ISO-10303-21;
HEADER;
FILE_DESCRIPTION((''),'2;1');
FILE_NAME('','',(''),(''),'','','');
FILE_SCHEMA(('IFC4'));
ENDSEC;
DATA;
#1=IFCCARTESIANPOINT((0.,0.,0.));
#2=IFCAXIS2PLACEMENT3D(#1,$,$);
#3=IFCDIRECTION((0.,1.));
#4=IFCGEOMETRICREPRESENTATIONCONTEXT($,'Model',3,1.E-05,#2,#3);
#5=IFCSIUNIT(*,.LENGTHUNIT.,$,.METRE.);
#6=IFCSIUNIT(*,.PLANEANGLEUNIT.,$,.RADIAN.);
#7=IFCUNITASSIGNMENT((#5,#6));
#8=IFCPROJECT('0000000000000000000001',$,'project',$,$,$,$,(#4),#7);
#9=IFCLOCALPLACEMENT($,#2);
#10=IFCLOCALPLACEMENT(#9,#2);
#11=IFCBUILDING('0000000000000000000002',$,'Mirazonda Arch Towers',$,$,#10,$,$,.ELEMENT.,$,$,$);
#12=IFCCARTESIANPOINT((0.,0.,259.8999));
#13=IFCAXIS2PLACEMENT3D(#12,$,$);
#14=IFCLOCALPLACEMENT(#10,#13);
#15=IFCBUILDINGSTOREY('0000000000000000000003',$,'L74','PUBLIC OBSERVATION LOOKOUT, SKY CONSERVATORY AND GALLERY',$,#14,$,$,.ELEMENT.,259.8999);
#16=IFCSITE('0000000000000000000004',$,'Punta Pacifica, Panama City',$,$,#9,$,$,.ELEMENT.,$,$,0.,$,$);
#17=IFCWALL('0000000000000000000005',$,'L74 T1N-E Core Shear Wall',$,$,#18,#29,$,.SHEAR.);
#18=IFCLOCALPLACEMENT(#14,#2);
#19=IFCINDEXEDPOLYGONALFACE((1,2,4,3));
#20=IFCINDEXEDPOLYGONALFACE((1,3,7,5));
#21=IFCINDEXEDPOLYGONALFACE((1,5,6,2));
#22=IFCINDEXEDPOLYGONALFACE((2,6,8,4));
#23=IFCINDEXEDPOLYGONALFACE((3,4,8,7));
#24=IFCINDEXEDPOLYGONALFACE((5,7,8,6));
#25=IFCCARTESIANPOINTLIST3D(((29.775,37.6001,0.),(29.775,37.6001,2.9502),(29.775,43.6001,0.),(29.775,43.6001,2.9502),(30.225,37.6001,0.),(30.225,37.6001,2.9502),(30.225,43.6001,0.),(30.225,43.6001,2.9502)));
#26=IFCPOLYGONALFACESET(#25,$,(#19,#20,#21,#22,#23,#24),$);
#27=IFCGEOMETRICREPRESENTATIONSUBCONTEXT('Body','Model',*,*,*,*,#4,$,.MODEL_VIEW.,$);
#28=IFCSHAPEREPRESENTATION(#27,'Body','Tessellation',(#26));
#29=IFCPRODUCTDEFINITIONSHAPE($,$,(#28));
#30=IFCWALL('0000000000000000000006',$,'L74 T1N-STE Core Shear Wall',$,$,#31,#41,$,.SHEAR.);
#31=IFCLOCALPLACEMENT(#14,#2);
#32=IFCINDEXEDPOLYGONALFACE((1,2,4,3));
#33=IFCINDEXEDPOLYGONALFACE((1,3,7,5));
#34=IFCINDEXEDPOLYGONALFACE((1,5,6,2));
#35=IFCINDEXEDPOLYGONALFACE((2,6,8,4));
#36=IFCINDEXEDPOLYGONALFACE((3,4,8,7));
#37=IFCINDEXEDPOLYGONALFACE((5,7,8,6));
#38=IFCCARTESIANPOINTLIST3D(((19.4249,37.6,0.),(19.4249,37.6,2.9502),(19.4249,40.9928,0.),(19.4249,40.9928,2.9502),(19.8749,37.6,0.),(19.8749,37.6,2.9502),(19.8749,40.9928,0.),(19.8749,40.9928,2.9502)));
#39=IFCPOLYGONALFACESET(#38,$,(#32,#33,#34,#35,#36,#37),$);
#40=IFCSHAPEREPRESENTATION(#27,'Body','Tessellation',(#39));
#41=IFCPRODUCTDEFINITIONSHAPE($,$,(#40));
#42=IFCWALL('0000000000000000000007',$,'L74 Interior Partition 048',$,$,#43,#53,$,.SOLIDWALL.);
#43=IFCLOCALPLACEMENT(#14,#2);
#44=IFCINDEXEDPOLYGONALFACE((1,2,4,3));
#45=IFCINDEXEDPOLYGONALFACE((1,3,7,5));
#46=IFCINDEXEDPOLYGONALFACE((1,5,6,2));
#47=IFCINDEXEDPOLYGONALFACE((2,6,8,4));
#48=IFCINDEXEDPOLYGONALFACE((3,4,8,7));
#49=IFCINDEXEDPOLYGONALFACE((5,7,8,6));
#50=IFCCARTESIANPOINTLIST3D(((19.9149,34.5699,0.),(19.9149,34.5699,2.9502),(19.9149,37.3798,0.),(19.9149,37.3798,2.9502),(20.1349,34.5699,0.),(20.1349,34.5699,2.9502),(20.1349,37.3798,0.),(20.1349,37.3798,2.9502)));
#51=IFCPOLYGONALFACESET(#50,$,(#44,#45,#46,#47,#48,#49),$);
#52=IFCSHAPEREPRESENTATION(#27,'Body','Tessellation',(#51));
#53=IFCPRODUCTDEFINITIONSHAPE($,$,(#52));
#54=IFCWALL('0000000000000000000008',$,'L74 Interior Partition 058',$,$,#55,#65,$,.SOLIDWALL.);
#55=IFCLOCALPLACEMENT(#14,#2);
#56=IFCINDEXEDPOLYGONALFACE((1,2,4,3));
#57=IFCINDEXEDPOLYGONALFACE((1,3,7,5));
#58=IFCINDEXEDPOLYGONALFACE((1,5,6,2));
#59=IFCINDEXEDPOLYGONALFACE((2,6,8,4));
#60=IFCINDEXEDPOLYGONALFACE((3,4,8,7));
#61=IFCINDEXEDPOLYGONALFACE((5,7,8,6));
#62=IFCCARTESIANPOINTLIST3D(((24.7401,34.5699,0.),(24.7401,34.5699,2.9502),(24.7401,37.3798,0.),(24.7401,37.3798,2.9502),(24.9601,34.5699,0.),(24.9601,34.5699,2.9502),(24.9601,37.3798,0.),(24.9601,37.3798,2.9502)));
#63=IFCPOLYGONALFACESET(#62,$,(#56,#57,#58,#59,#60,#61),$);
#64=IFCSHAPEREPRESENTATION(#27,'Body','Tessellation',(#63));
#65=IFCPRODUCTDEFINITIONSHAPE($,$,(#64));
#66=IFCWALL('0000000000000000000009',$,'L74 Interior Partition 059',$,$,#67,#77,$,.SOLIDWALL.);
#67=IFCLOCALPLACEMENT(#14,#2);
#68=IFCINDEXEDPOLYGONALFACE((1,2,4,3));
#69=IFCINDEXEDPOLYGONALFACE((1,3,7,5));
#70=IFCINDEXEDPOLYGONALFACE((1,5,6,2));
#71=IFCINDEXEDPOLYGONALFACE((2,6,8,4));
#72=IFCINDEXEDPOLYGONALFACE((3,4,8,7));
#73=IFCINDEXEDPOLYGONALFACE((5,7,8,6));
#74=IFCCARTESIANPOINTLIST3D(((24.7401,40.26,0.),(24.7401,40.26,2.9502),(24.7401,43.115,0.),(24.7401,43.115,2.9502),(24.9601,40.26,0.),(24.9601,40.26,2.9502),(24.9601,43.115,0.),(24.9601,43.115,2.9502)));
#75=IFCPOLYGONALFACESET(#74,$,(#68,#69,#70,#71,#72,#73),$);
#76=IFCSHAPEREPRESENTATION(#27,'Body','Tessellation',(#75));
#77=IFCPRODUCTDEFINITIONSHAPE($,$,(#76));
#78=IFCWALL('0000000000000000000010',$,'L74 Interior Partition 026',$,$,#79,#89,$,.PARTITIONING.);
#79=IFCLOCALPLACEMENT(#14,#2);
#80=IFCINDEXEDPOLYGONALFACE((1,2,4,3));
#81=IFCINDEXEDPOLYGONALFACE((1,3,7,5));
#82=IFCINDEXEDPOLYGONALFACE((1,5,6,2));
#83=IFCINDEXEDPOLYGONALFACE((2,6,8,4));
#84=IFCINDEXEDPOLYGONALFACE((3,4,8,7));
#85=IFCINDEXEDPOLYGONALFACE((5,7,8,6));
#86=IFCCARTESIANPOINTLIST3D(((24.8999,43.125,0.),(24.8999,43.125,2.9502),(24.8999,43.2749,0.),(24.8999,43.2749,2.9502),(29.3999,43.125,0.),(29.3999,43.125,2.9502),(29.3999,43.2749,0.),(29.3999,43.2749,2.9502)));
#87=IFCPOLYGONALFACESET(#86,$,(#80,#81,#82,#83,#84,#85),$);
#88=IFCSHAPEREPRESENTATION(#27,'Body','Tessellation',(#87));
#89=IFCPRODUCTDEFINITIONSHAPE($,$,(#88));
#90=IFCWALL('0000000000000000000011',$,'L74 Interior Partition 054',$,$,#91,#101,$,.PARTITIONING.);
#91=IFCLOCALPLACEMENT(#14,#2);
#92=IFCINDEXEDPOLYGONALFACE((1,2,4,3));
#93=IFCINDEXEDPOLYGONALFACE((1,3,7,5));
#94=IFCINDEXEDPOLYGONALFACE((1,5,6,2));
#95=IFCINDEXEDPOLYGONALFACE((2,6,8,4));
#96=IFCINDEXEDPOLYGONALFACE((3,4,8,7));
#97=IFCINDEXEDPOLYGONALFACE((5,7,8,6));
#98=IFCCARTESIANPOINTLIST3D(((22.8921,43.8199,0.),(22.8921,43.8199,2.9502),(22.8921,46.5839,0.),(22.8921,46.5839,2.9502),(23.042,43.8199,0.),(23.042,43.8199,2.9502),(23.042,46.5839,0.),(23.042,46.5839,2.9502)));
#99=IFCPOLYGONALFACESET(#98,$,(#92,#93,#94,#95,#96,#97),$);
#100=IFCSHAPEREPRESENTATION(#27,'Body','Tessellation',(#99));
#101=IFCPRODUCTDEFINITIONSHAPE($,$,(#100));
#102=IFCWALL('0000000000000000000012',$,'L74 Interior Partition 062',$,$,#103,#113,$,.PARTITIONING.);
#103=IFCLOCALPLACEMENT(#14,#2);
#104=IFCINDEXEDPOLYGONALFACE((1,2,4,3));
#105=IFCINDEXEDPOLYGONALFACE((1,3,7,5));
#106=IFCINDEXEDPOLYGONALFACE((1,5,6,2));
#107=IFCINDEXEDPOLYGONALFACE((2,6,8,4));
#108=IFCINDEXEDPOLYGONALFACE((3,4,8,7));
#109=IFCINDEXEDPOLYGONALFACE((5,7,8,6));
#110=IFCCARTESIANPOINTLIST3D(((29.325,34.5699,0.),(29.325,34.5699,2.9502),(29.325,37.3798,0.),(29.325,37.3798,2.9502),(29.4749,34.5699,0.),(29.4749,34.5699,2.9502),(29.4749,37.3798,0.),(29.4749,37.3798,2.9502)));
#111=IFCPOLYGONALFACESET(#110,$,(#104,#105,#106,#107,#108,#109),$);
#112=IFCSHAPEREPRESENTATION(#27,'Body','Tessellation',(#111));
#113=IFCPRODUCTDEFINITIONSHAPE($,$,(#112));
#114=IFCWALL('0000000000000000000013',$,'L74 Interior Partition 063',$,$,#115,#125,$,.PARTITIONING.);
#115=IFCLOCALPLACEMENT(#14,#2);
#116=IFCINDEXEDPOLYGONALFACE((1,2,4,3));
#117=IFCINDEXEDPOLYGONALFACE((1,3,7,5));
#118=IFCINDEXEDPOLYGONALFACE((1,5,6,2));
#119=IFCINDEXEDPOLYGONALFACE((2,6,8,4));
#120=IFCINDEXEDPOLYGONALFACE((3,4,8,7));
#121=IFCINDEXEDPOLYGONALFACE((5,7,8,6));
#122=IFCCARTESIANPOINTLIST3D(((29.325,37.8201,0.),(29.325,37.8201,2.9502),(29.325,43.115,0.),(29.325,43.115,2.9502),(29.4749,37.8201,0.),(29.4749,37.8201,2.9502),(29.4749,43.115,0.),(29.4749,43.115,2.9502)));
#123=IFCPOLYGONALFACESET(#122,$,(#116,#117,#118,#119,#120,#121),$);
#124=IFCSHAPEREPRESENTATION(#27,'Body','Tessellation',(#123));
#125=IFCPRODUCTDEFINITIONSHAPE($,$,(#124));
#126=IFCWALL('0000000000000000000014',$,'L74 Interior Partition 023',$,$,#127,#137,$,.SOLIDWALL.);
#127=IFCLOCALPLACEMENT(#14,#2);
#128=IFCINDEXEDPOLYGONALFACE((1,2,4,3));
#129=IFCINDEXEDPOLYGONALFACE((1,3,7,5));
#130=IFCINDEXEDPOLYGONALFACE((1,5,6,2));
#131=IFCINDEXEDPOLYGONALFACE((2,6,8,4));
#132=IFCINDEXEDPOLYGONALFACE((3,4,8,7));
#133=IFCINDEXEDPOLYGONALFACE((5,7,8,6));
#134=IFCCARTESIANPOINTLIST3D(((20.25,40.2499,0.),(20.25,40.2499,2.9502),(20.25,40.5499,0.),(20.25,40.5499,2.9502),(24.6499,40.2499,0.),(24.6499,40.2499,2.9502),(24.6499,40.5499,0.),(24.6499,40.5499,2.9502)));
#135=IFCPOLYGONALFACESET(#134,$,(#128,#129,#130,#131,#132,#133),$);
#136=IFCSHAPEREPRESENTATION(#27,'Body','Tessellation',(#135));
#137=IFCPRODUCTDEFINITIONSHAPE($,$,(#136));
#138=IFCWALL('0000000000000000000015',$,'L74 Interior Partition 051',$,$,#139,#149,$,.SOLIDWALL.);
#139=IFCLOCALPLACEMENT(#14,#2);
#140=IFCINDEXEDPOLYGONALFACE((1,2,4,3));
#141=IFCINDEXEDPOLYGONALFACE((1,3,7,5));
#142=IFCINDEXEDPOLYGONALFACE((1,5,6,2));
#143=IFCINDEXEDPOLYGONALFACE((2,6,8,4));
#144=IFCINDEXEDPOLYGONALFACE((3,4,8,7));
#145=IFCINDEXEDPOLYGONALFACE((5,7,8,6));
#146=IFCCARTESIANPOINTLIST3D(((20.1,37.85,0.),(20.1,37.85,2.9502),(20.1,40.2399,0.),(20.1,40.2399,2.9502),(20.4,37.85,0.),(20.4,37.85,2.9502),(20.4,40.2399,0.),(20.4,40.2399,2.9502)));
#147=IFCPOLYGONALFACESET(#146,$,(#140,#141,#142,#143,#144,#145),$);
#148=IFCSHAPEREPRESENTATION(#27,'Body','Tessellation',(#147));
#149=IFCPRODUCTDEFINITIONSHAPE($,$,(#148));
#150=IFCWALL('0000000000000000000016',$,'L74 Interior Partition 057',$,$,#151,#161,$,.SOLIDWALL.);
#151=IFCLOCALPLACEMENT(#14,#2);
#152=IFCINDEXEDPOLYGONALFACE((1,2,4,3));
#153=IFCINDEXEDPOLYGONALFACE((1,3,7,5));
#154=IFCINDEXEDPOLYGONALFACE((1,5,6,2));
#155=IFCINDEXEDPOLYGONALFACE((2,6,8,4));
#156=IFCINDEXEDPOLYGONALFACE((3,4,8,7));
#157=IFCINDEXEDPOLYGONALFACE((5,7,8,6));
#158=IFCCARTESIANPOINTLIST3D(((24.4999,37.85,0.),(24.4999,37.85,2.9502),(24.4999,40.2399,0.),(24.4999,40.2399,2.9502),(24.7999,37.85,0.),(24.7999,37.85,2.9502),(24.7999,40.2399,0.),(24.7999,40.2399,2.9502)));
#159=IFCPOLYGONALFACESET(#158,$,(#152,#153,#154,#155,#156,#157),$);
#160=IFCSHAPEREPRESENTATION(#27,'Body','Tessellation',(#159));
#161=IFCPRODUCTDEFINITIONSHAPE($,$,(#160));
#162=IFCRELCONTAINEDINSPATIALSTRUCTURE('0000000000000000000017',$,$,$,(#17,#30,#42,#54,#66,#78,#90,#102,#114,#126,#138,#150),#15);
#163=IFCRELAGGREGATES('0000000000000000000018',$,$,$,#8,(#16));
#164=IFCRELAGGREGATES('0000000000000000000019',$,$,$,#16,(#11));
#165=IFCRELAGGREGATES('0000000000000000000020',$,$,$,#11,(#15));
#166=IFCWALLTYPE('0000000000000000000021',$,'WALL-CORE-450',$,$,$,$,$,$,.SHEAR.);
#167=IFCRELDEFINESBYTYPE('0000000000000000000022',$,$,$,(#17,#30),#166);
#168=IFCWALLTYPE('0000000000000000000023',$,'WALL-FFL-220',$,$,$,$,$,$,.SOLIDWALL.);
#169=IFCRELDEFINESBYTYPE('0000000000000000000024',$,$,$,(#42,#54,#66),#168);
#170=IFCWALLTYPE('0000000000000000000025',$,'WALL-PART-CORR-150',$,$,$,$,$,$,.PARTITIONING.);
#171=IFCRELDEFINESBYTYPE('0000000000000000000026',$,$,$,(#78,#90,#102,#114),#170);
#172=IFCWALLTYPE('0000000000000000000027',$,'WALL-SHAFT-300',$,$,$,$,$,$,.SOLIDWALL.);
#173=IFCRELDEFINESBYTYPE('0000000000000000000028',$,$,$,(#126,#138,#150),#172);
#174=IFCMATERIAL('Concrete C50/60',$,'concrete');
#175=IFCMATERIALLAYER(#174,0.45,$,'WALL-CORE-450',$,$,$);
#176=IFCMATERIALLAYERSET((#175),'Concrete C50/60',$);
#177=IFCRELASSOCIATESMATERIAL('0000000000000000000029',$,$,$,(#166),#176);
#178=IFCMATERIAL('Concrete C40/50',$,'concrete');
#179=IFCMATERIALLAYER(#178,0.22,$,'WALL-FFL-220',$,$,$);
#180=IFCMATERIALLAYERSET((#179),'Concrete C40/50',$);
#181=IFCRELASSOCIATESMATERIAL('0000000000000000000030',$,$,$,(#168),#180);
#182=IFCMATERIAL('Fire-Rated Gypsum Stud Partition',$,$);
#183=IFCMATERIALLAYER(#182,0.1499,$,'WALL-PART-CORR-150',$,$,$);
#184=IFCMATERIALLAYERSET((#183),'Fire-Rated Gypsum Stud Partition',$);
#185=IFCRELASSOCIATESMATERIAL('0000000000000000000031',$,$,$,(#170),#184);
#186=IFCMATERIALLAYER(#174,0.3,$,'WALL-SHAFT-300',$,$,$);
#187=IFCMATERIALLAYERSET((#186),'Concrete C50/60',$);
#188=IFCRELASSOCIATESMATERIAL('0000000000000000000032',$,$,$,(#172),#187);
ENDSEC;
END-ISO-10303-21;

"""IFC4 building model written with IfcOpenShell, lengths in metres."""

from ifc_helpers import new_model, si_unit, direction, frame, frame_2d, origin, place, context, subcontext, project, spatial, rectangle, extrude, material, layer, layer_set, type_object, element, save


model = new_model("IFC4")

# Units and contexts
model_context = context("Model", 3, precision=1e-05, world=origin(), true_north=direction((0.0, 1.0)))
body_context = subcontext(model_context, "Body", "Model", "MODEL_VIEW")
ifc_project = project(units=[si_unit("LENGTHUNIT", "METRE"), si_unit("PLANEANGLEUNIT", "RADIAN")], contexts=[model_context])

# Site, building, storey
site_placement = place(None, origin())
site = spatial("IfcSite", under=ifc_project, at=site_placement, Name="Punta Pacifica, Panama City", CompositionType="ELEMENT", RefElevation=0.0)
building_placement = place(site_placement, origin())
building = spatial("IfcBuilding", under=site, at=building_placement, Name="Mirazonda Arch Towers", CompositionType="ELEMENT")
storey_placement = place(building_placement, frame((0.0, 0.0, 259.8999)))
storey = spatial("IfcBuildingStorey", under=building, at=storey_placement, Name="L74", Description="PUBLIC OBSERVATION LOOKOUT, SKY CONSERVATORY AND GALLERY", CompositionType="ELEMENT", Elevation=259.8999)

# Shared definitions
ifc_material_1 = material(Name="Concrete C50/60", Category="concrete")

# Walls
ifc_layer_1 = layer(ifc_material_1, 0.45, Name="WALL-CORE-450")
ifc_layer_set_1 = layer_set([ifc_layer_1], Name="Concrete C50/60")
wall_type_1 = type_object("IfcWallType", Name="WALL-CORE-450", PredefinedType="SHEAR", material=ifc_layer_set_1)
wall_1_placement = place(storey_placement, frame((30.0, 37.6001, 0.0), z_axis=(0.0, 0.0, 1.0), x_axis=(0.0, 1.0, 0.0)))
element("IfcWall", 1, at=wall_1_placement, inside=storey, type_object=wall_type_1, Name="L74 T1N-E Core Shear Wall", PredefinedType="SHEAR", context=body_context, shape_type="SweptSolid", body=[
    extrude(rectangle(XDim=6.0, YDim=0.45, at=frame_2d((3.0, 0.0))), origin(), (0.0, 0.0, 1.0), 2.9502),
])
wall_2_placement = place(storey_placement, frame((19.6499, 37.6001, 0.0), z_axis=(0.0, 0.0, 1.0), x_axis=(0.0, 1.0, 0.0)))
element("IfcWall", 2, at=wall_2_placement, inside=storey, type_object=wall_type_1, Name="L74 T1N-STE Core Shear Wall", PredefinedType="SHEAR", context=body_context, shape_type="SweptSolid", body=[
    extrude(rectangle(XDim=3.3928, YDim=0.45, at=frame_2d((1.6963, 0.0))), origin(), (0.0, 0.0, 1.0), 2.9502),
])
ifc_material_2 = material(Name="Concrete C40/50", Category="concrete")
ifc_layer_2 = layer(ifc_material_2, 0.22, Name="WALL-FFL-220")
ifc_layer_set_2 = layer_set([ifc_layer_2], Name="Concrete C40/50")
wall_type_2 = type_object("IfcWallType", Name="WALL-FFL-220", PredefinedType="SOLIDWALL", material=ifc_layer_set_2)
for number, where, z_axis, x_axis, name in (
    (3, (20.0249, 34.5701, 0.0), (0.0, 0.0, 1.0), (0.0, 1.0, 0.0), "L74 Interior Partition 048"),
    (4, (24.8501, 34.5701, 0.0), (0.0, 0.0, 1.0), (0.0, 1.0, 0.0), "L74 Interior Partition 058"),
):
    element("IfcWall", number, at=place(storey_placement, frame(where, z_axis=z_axis, x_axis=x_axis)), inside=storey, type_object=wall_type_2, Name=name, PredefinedType="SOLIDWALL", context=body_context, shape_type="SweptSolid", body=[
        extrude(rectangle(XDim=2.8098, YDim=0.22, at=frame_2d((1.4048, 0.0))), origin(), (0.0, 0.0, 1.0), 2.9502),
    ])
wall_3_placement = place(storey_placement, frame((24.8501, 40.26, 0.0), z_axis=(0.0, 0.0, 1.0), x_axis=(0.0, 1.0, 0.0)))
element("IfcWall", 5, at=wall_3_placement, inside=storey, type_object=wall_type_2, Name="L74 Interior Partition 059", PredefinedType="SOLIDWALL", context=body_context, shape_type="SweptSolid", body=[
    extrude(rectangle(XDim=2.855, YDim=0.22, at=frame_2d((1.4275, 0.0))), origin(), (0.0, 0.0, 1.0), 2.9502),
])
ifc_material_3 = material(Name="Fire-Rated Gypsum Stud Partition")
ifc_layer_3 = layer(ifc_material_3, 0.1499, Name="WALL-PART-CORR-150")
ifc_layer_set_3 = layer_set([ifc_layer_3], Name="Fire-Rated Gypsum Stud Partition")
wall_type_3 = type_object("IfcWallType", Name="WALL-PART-CORR-150", PredefinedType="PARTITIONING", material=ifc_layer_set_3)
wall_4_placement = place(storey_placement, frame((24.8999, 43.2, 0.0), z_axis=(0.0, 0.0, 1.0), x_axis=(1.0, 0.0, 0.0)))
element("IfcWall", 6, at=wall_4_placement, inside=storey, type_object=wall_type_3, Name="L74 Interior Partition 026", PredefinedType="PARTITIONING", context=body_context, shape_type="SweptSolid", body=[
    extrude(rectangle(XDim=4.5, YDim=0.1499, at=frame_2d((2.25, 0.0))), origin(), (0.0, 0.0, 1.0), 2.9502),
])
wall_5_placement = place(storey_placement, frame((22.967, 43.8201, 0.0), z_axis=(0.0, 0.0, 1.0), x_axis=(0.0, 1.0, 0.0)))
element("IfcWall", 7, at=wall_5_placement, inside=storey, type_object=wall_type_3, Name="L74 Interior Partition 054", PredefinedType="PARTITIONING", context=body_context, shape_type="SweptSolid", body=[
    extrude(rectangle(XDim=2.7639, YDim=0.1499, at=frame_2d((1.3818, 0.0))), origin(), (0.0, 0.0, 1.0), 2.9502),
])
wall_6_placement = place(storey_placement, frame((29.3999, 34.5701, 0.0), z_axis=(0.0, 0.0, 1.0), x_axis=(0.0, 1.0, 0.0)))
element("IfcWall", 8, at=wall_6_placement, inside=storey, type_object=wall_type_3, Name="L74 Interior Partition 062", PredefinedType="PARTITIONING", context=body_context, shape_type="SweptSolid", body=[
    extrude(rectangle(XDim=2.8098, YDim=0.1499, at=frame_2d((1.4048, 0.0))), origin(), (0.0, 0.0, 1.0), 2.9502),
])
wall_7_placement = place(storey_placement, frame((29.3999, 37.8201, 0.0), z_axis=(0.0, 0.0, 1.0), x_axis=(0.0, 1.0, 0.0)))
element("IfcWall", 9, at=wall_7_placement, inside=storey, type_object=wall_type_3, Name="L74 Interior Partition 063", PredefinedType="PARTITIONING", context=body_context, shape_type="SweptSolid", body=[
    extrude(rectangle(XDim=5.2949, YDim=0.1499, at=frame_2d((2.6475, 0.0))), origin(), (0.0, 0.0, 1.0), 2.9502),
])
ifc_layer_4 = layer(ifc_material_1, 0.3, Name="WALL-SHAFT-300")
ifc_layer_set_4 = layer_set([ifc_layer_4], Name="Concrete C50/60")
wall_type_4 = type_object("IfcWallType", Name="WALL-SHAFT-300", PredefinedType="SOLIDWALL", material=ifc_layer_set_4)
wall_8_placement = place(storey_placement, frame((20.25, 40.3999, 0.0), z_axis=(0.0, 0.0, 1.0), x_axis=(1.0, 0.0, 0.0)))
element("IfcWall", 10, at=wall_8_placement, inside=storey, type_object=wall_type_4, Name="L74 Interior Partition 023", PredefinedType="SOLIDWALL", context=body_context, shape_type="SweptSolid", body=[
    extrude(rectangle(XDim=4.3999, YDim=0.3, at=frame_2d((2.2, 0.0))), origin(), (0.0, 0.0, 1.0), 2.9502),
])
for number, where, z_axis, x_axis, name in (
    (11, (20.25, 37.8501, 0.0), (0.0, 0.0, 1.0), (0.0, 1.0, 0.0), "L74 Interior Partition 051"),
    (12, (24.6499, 37.8501, 0.0), (0.0, 0.0, 1.0), (0.0, 1.0, 0.0), "L74 Interior Partition 057"),
):
    element("IfcWall", number, at=place(storey_placement, frame(where, z_axis=z_axis, x_axis=x_axis)), inside=storey, type_object=wall_type_4, Name=name, PredefinedType="SOLIDWALL", context=body_context, shape_type="SweptSolid", body=[
        extrude(rectangle(XDim=2.3899, YDim=0.3, at=frame_2d((1.1948, 0.0))), origin(), (0.0, 0.0, 1.0), 2.9502),
    ])

save(model, "model.ifc")
